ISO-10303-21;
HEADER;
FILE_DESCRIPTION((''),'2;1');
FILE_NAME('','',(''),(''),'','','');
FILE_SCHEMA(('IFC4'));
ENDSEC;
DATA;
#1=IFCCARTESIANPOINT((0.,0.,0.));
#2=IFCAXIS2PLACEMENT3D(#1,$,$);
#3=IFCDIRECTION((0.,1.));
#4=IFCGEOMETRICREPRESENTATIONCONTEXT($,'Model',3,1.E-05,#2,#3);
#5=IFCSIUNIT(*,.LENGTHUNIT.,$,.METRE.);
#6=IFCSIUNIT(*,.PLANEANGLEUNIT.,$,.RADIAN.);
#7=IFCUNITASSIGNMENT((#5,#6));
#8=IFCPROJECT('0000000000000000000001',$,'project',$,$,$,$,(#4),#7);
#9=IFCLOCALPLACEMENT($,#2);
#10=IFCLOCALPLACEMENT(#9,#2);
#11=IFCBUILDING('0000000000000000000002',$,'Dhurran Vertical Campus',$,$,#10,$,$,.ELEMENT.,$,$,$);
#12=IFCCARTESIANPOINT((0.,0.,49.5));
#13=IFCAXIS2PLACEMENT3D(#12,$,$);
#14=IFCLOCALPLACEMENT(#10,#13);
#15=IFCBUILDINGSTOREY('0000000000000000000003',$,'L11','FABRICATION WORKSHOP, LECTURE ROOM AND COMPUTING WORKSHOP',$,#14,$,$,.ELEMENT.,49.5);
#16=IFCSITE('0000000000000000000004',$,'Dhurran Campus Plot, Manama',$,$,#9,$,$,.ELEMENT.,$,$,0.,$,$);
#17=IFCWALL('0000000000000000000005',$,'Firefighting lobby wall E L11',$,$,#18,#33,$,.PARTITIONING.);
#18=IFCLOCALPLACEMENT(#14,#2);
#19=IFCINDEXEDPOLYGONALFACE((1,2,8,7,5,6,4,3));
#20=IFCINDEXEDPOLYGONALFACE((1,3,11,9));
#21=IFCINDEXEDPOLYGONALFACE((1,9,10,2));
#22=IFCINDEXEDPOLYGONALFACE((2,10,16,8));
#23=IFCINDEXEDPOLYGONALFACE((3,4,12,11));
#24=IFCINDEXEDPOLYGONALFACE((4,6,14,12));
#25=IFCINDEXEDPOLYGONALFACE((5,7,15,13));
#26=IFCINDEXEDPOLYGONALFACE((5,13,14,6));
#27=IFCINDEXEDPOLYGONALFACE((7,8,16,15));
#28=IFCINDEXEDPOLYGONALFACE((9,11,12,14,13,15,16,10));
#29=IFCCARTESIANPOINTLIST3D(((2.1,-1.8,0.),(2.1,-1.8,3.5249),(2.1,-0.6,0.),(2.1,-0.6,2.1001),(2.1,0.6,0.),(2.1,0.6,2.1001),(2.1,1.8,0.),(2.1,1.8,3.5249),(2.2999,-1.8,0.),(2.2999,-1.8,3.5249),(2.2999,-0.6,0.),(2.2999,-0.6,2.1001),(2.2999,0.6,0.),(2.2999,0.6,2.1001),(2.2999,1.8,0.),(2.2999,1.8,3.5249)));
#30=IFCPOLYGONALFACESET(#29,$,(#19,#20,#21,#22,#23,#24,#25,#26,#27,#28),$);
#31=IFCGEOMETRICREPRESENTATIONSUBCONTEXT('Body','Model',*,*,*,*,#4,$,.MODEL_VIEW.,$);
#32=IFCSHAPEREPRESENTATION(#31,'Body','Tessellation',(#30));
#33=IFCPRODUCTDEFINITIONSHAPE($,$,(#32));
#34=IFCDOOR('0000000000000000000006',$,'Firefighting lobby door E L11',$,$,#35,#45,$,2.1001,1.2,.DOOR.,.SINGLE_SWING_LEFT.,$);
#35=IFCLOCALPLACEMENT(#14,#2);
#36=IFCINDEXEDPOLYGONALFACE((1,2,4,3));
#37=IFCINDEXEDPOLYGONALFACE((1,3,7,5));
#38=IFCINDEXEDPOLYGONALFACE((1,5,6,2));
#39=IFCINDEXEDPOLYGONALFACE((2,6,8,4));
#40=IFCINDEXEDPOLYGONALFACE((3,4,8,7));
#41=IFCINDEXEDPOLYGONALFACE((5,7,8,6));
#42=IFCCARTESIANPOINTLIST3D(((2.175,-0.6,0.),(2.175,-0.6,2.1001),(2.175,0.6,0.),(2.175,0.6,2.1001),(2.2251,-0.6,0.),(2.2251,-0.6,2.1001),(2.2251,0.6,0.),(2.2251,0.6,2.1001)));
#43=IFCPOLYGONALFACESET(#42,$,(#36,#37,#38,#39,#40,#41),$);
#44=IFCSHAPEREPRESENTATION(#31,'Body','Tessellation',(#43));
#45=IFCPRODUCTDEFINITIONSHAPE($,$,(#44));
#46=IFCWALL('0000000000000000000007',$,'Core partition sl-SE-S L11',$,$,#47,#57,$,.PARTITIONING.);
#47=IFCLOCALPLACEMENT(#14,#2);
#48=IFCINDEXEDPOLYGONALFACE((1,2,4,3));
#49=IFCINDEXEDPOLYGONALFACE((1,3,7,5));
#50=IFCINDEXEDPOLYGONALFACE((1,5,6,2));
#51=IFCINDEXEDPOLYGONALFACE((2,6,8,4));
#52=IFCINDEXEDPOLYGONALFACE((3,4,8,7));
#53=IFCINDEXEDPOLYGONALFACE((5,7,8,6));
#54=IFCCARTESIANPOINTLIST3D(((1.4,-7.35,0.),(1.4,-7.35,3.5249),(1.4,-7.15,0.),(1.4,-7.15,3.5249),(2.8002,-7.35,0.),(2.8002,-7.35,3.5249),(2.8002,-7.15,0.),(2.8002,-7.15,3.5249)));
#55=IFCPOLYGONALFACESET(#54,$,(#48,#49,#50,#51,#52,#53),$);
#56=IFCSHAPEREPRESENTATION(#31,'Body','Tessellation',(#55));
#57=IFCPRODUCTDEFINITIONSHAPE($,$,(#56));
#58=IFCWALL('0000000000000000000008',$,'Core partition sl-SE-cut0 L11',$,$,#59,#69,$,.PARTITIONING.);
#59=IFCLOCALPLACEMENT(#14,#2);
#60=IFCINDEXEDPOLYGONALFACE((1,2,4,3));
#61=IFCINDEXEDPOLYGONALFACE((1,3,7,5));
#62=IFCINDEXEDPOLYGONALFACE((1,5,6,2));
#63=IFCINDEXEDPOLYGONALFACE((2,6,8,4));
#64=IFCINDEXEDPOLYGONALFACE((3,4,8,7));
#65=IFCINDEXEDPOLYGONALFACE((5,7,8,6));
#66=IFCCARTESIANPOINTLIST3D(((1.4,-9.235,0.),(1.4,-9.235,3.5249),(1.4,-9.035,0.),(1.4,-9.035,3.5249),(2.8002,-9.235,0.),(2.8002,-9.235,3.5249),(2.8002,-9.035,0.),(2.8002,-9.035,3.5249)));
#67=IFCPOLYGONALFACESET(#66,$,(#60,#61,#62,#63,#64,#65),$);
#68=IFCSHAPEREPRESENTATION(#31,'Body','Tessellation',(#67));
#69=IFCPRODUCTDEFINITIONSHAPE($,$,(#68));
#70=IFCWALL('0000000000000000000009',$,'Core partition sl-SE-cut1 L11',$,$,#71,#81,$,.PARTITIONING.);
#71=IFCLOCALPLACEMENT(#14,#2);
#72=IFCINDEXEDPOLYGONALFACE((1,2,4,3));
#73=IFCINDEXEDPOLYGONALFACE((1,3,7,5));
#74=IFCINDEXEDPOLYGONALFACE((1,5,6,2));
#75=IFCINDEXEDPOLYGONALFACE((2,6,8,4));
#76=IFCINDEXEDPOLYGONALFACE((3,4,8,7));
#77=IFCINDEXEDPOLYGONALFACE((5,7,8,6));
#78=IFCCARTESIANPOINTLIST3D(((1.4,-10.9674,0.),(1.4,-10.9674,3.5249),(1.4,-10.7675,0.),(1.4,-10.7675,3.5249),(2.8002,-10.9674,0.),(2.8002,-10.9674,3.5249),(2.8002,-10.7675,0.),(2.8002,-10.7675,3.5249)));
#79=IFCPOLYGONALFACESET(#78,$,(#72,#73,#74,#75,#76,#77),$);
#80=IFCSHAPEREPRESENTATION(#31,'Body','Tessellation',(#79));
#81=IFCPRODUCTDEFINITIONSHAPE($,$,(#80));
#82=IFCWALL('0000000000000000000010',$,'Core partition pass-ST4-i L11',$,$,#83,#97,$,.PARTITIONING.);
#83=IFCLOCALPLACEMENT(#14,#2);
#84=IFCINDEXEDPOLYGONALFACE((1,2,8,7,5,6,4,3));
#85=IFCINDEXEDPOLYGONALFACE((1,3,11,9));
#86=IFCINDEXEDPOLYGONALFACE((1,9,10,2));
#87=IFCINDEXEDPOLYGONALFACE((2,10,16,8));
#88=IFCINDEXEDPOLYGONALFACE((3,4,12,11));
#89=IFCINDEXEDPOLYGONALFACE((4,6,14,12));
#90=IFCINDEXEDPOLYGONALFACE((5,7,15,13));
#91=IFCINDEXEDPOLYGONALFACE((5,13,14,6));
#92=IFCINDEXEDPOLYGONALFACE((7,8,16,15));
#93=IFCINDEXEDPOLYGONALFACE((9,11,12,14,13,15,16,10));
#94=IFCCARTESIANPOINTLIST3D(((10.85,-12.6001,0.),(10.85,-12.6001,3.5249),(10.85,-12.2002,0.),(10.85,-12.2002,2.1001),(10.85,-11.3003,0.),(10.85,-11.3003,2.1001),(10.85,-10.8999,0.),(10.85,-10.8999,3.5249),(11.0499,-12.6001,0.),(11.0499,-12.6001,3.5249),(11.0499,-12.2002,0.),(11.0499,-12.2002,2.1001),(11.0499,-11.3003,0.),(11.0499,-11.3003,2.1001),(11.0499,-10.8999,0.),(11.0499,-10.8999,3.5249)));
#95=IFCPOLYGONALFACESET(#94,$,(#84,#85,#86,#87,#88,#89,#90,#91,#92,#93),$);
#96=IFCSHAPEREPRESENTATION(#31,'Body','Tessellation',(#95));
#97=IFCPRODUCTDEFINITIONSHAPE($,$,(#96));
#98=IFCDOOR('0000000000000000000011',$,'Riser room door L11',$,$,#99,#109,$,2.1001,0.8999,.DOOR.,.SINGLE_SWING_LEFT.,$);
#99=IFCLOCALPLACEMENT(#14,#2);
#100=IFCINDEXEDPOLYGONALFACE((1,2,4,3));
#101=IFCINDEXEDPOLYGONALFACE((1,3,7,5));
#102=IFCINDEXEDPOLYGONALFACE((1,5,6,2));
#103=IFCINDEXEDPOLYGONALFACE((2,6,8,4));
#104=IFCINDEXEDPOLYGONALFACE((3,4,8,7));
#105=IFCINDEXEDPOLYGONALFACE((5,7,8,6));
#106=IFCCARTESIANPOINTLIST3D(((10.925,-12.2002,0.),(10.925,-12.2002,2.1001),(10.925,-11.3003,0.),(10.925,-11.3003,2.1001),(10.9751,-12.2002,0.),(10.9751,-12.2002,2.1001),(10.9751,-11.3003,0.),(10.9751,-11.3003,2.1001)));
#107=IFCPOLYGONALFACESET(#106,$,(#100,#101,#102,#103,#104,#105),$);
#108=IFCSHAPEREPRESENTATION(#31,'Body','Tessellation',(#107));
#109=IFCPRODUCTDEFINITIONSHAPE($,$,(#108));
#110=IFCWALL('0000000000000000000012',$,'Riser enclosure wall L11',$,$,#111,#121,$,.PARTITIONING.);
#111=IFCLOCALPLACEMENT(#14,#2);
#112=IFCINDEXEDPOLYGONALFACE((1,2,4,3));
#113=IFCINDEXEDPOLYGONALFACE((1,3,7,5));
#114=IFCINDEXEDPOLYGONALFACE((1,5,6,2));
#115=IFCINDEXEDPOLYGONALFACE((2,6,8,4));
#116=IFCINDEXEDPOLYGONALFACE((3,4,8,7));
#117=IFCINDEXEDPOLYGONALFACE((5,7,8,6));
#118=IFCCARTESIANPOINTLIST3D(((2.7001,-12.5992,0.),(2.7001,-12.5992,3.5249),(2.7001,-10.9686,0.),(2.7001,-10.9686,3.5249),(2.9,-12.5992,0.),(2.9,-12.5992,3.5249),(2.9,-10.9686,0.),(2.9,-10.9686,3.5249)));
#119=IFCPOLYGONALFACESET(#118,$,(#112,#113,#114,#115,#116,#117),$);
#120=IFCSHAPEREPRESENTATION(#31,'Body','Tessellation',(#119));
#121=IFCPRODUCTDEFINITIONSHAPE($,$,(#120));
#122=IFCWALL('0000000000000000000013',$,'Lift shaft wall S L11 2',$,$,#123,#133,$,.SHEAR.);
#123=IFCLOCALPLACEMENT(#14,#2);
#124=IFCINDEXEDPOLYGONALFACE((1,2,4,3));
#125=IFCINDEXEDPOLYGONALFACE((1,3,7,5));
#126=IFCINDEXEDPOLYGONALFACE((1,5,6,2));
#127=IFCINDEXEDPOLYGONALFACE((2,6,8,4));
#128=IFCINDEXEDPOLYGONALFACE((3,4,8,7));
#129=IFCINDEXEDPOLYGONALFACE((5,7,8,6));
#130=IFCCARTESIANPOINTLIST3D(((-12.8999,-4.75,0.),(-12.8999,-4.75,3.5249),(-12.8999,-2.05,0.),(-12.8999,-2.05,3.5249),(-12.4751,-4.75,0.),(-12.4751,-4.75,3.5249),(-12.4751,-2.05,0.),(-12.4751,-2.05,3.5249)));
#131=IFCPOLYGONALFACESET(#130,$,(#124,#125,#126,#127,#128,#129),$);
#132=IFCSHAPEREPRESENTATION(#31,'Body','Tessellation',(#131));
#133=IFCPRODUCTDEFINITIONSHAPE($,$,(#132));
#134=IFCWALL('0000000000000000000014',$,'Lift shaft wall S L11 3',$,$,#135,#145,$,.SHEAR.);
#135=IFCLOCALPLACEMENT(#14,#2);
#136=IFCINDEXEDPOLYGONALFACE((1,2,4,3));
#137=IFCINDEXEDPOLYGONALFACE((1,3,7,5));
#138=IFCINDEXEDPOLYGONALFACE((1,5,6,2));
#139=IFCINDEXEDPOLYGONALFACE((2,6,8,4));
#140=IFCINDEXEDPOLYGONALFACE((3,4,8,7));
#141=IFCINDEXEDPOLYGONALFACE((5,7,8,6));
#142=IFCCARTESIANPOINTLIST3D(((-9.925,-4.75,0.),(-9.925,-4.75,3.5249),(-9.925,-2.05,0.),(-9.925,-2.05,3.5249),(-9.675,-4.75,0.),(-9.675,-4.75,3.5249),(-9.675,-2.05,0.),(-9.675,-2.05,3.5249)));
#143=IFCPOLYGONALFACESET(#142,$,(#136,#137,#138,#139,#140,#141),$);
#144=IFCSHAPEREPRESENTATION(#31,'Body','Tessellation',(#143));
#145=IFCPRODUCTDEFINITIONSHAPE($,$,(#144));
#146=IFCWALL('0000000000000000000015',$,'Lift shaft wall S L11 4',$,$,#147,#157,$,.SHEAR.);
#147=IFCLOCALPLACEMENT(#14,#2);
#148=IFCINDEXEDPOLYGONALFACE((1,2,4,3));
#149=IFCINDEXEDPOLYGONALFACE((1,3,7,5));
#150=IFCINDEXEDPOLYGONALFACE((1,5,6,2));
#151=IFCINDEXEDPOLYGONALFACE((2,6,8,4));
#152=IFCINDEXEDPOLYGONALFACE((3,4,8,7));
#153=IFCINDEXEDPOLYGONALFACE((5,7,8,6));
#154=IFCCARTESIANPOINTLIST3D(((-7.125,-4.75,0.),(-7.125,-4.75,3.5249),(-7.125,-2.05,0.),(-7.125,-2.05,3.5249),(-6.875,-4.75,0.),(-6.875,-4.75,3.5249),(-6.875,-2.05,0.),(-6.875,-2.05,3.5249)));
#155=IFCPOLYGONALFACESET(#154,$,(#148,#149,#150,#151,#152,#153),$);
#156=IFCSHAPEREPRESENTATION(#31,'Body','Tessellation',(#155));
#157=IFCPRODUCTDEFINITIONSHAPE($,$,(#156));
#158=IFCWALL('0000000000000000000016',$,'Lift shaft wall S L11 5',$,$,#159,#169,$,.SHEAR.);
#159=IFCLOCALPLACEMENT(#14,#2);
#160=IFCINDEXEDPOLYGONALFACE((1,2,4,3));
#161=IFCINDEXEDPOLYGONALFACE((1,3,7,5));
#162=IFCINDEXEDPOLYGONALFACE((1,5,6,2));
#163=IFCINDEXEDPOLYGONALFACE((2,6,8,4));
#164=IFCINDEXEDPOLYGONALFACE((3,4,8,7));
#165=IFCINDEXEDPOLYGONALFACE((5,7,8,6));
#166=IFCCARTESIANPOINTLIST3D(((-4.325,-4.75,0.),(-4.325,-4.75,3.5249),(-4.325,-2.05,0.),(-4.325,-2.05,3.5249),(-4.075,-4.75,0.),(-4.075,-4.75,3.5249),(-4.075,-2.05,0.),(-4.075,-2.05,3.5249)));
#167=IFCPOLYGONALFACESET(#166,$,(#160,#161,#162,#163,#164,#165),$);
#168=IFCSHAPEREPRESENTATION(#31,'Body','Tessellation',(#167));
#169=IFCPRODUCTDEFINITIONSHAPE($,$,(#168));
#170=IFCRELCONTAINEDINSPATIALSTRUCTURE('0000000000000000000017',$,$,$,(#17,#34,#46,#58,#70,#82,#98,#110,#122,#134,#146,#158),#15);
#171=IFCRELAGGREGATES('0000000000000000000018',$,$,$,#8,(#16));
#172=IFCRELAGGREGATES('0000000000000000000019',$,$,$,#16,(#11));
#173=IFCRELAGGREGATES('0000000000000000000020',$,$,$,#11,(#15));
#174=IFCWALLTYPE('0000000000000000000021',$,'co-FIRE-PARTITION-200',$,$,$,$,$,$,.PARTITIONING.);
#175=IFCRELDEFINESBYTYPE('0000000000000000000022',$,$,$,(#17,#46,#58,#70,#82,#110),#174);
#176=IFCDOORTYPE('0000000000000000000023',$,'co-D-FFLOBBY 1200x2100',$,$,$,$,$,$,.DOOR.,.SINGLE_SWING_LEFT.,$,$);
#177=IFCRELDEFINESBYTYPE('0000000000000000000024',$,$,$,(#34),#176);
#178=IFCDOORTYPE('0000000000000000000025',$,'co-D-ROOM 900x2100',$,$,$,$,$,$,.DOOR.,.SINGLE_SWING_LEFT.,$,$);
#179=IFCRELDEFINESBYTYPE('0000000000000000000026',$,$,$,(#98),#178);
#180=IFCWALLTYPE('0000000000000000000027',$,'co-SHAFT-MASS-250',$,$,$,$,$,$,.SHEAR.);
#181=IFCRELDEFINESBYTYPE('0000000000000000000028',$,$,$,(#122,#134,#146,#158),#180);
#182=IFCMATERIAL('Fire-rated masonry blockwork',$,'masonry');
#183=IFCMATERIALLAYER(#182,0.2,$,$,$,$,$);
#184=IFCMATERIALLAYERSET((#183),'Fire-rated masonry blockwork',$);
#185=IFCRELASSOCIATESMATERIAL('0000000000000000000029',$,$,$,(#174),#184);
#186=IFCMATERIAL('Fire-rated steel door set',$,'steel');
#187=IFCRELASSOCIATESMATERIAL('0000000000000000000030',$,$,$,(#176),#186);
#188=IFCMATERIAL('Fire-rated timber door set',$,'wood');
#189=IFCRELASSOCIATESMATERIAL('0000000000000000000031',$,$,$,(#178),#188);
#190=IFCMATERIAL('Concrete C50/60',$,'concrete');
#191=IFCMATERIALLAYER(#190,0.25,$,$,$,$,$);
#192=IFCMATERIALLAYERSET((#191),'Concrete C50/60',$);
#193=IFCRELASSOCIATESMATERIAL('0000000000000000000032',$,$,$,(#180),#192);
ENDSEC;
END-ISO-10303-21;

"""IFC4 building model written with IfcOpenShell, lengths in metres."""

from ifc_helpers import new_model, si_unit, direction, frame, frame_2d, origin, place, context, subcontext, project, spatial, polyline, rectangle, outline, extrude, material, layer, layer_set, type_object, element, fill, save


model = new_model("IFC4")

# Units and contexts
model_context = context("Model", 3, precision=1e-05, world=origin(), true_north=direction((0.0, 1.0)))
body_context = subcontext(model_context, "Body", "Model", "MODEL_VIEW")
ifc_project = project(units=[si_unit("LENGTHUNIT", "METRE"), si_unit("PLANEANGLEUNIT", "RADIAN")], contexts=[model_context])

# Site, building, storey
site_placement = place(None, origin())
site = spatial("IfcSite", under=ifc_project, at=site_placement, Name="Dhurran Campus Plot, Manama", CompositionType="ELEMENT", RefElevation=0.0)
building_placement = place(site_placement, origin())
building = spatial("IfcBuilding", under=site, at=building_placement, Name="Dhurran Vertical Campus", CompositionType="ELEMENT")
storey_placement = place(building_placement, frame((0.0, 0.0, 49.5)))
storey = spatial("IfcBuildingStorey", under=building, at=storey_placement, Name="L11", Description="FABRICATION WORKSHOP, LECTURE ROOM AND COMPUTING WORKSHOP", CompositionType="ELEMENT", Elevation=49.5)

# Wall, opening, door
ifc_material_1 = material(Name="Fire-rated masonry blockwork", Category="masonry")
ifc_layer_1 = layer(ifc_material_1, 0.2)
ifc_layer_set_1 = layer_set([ifc_layer_1], Name="Fire-rated masonry blockwork")
wall_type_1 = type_object("IfcWallType", Name="co-FIRE-PARTITION-200", PredefinedType="PARTITIONING", material=ifc_layer_set_1)
wall_1_placement = place(storey_placement, frame((2.2, -1.8, 0.0), z_axis=(0.0, 0.0, 1.0), x_axis=(0.0, 1.0, 0.0)))
wall_1 = element("IfcWall", 1, at=wall_1_placement, inside=storey, type_object=wall_type_1, Name="Firefighting lobby wall E L11", PredefinedType="PARTITIONING", context=body_context, shape_type="SweptSolid", body=[
    extrude(rectangle(XDim=3.6001, YDim=0.2, at=frame_2d((1.8, 0.0))), origin(), (0.0, 0.0, 1.0), 3.5249),
])
opening_1_placement = place(wall_1_placement, frame((1.2, 0.0, 0.0)))
opening_1 = element("IfcOpeningElement", 2, at=opening_1_placement, cuts=wall_1, PredefinedType="OPENING", context=body_context, shape_type="SweptSolid", body=[
    extrude(rectangle(XDim=1.2, YDim=2.1001, at=frame_2d((0.6001, 1.05))), frame((0.0, 0.1099, 0.0), z_axis=(0.0, -1.0, 0.0), x_axis=(1.0, 0.0, 0.0)), (0.0, 0.0, 1.0), 0.22),
])
ifc_material_2 = material(Name="Fire-rated steel door set", Category="steel")
door_type_1 = type_object("IfcDoorType", Name="co-D-FFLOBBY 1200x2100", OperationType="SINGLE_SWING_LEFT", PredefinedType="DOOR", material=ifc_material_2)
door_1_placement = place(opening_1_placement, origin())
door_1 = element("IfcDoor", 3, at=door_1_placement, inside=storey, type_object=door_type_1, Name="Firefighting lobby door E L11", OperationType="SINGLE_SWING_LEFT", OverallHeight=2.1001, OverallWidth=1.2, PredefinedType="DOOR", context=body_context, shape_type="SweptSolid", body=[
    extrude(rectangle(XDim=1.2, YDim=2.1001, at=frame_2d((0.6001, 1.05))), frame((0.0, 0.0249, 0.0), z_axis=(0.0, -1.0, 0.0), x_axis=(1.0, 0.0, 0.0)), (0.0, 0.0, 1.0), 0.05),
])
fill(opening_1, door_1)

# Walls
for number, where, z_axis, x_axis, name in (
    (4, (1.3999, -7.25, 0.0), (0.0, 0.0, 1.0), (1.0, 0.0, 0.0), "Core partition sl-SE-S L11"),
    (5, (1.3999, -9.135, 0.0), (0.0, 0.0, 1.0), (1.0, 0.0, 0.0), "Core partition sl-SE-cut0 L11"),
    (6, (1.3999, -10.8674, 0.0), (0.0, 0.0, 1.0), (1.0, 0.0, 0.0), "Core partition sl-SE-cut1 L11"),
):
    element("IfcWall", number, at=place(storey_placement, frame(where, z_axis=z_axis, x_axis=x_axis)), inside=storey, type_object=wall_type_1, Name=name, PredefinedType="PARTITIONING", context=body_context, shape_type="SweptSolid", body=[
        extrude(rectangle(XDim=1.4001, YDim=0.2, at=frame_2d((0.7002, 0.0))), origin(), (0.0, 0.0, 1.0), 3.5249),
    ])

# Wall, opening, door
wall_2_placement = place(storey_placement, frame((10.95, -12.6001, 0.0), z_axis=(0.0, 0.0, 1.0), x_axis=(0.0, 1.0, 0.0)))
wall_2 = element("IfcWall", 7, at=wall_2_placement, inside=storey, type_object=wall_type_1, Name="Core partition pass-ST4-i L11", PredefinedType="PARTITIONING", context=body_context, shape_type="SweptSolid", body=[
    extrude(rectangle(XDim=1.7002, YDim=0.2, at=frame_2d((0.8501, 0.0))), origin(), (0.0, 0.0, 1.0), 3.5249),
])
opening_2_placement = place(wall_2_placement, frame((0.3999, 0.0, 0.0)))
opening_2 = element("IfcOpeningElement", 8, at=opening_2_placement, cuts=wall_2, PredefinedType="OPENING", context=body_context, shape_type="SweptSolid", body=[
    extrude(rectangle(XDim=0.8999, YDim=2.1001, at=frame_2d((0.45, 1.05))), frame((0.0, 0.1099, 0.0), z_axis=(0.0, -1.0, 0.0), x_axis=(1.0, 0.0, 0.0)), (0.0, 0.0, 1.0), 0.22),
])
ifc_material_3 = material(Name="Fire-rated timber door set", Category="wood")
door_type_2 = type_object("IfcDoorType", Name="co-D-ROOM 900x2100", OperationType="SINGLE_SWING_LEFT", PredefinedType="DOOR", material=ifc_material_3)
door_2_placement = place(opening_2_placement, origin())
door_2 = element("IfcDoor", 9, at=door_2_placement, inside=storey, type_object=door_type_2, Name="Riser room door L11", OperationType="SINGLE_SWING_LEFT", OverallHeight=2.1001, OverallWidth=0.8999, PredefinedType="DOOR", context=body_context, shape_type="SweptSolid", body=[
    extrude(rectangle(XDim=0.8999, YDim=2.1001, at=frame_2d((0.45, 1.05))), frame((0.0, 0.0249, 0.0), z_axis=(0.0, -1.0, 0.0), x_axis=(1.0, 0.0, 0.0)), (0.0, 0.0, 1.0), 0.05),
])
fill(opening_2, door_2)

# Walls
wall_3_placement = place(storey_placement, frame((2.8, -10.9685, 0.0), z_axis=(0.0, 0.0, 1.0), x_axis=(0.0, -1.0, 0.0)))
element("IfcWall", 10, at=wall_3_placement, inside=storey, type_object=wall_type_1, Name="Riser enclosure wall L11", PredefinedType="PARTITIONING", context=body_context, shape_type="SweptSolid", body=[
    extrude(rectangle(XDim=1.6306, YDim=0.2, at=frame_2d((0.8154, 0.0))), origin(), (0.0, 0.0, 1.0), 3.5249),
])
ifc_material_4 = material(Name="Concrete C50/60", Category="concrete")
ifc_layer_2 = layer(ifc_material_4, 0.25)
ifc_layer_set_2 = layer_set([ifc_layer_2], Name="Concrete C50/60")
wall_type_2 = type_object("IfcWallType", Name="co-SHAFT-MASS-250", PredefinedType="SHEAR", material=ifc_layer_set_2)
wall_4_placement = place(storey_placement, origin())
element("IfcWall", 11, at=wall_4_placement, inside=storey, type_object=wall_type_2, Name="Lift shaft wall S L11 2", PredefinedType="SHEAR", context=body_context, shape_type="SweptSolid", body=[
    extrude(outline(polyline([(-12.8999, -4.75), (-12.4751, -4.75), (-12.4751, -2.05), (-12.8999, -2.05), (-12.8999, -4.75)])), origin(), (0.0, 0.0, 1.0), 3.5249),
])
wall_5_placement = place(storey_placement, origin())
element("IfcWall", 12, at=wall_5_placement, inside=storey, type_object=wall_type_2, Name="Lift shaft wall S L11 3", PredefinedType="SHEAR", context=body_context, shape_type="SweptSolid", body=[
    extrude(outline(polyline([(-9.925, -4.75), (-9.675, -4.75), (-9.675, -2.05), (-9.925, -2.05), (-9.925, -4.75)])), origin(), (0.0, 0.0, 1.0), 3.5249),
])
wall_6_placement = place(storey_placement, origin())
element("IfcWall", 13, at=wall_6_placement, inside=storey, type_object=wall_type_2, Name="Lift shaft wall S L11 4", PredefinedType="SHEAR", context=body_context, shape_type="SweptSolid", body=[
    extrude(outline(polyline([(-7.125, -4.75), (-6.875, -4.75), (-6.875, -2.05), (-7.125, -2.05), (-7.125, -4.75)])), origin(), (0.0, 0.0, 1.0), 3.5249),
])
wall_7_placement = place(storey_placement, origin())
element("IfcWall", 14, at=wall_7_placement, inside=storey, type_object=wall_type_2, Name="Lift shaft wall S L11 5", PredefinedType="SHEAR", context=body_context, shape_type="SweptSolid", body=[
    extrude(outline(polyline([(-4.325, -4.75), (-4.075, -4.75), (-4.075, -2.05), (-4.325, -2.05), (-4.325, -4.75)])), origin(), (0.0, 0.0, 1.0), 3.5249),
])

save(model, "model.ifc")
